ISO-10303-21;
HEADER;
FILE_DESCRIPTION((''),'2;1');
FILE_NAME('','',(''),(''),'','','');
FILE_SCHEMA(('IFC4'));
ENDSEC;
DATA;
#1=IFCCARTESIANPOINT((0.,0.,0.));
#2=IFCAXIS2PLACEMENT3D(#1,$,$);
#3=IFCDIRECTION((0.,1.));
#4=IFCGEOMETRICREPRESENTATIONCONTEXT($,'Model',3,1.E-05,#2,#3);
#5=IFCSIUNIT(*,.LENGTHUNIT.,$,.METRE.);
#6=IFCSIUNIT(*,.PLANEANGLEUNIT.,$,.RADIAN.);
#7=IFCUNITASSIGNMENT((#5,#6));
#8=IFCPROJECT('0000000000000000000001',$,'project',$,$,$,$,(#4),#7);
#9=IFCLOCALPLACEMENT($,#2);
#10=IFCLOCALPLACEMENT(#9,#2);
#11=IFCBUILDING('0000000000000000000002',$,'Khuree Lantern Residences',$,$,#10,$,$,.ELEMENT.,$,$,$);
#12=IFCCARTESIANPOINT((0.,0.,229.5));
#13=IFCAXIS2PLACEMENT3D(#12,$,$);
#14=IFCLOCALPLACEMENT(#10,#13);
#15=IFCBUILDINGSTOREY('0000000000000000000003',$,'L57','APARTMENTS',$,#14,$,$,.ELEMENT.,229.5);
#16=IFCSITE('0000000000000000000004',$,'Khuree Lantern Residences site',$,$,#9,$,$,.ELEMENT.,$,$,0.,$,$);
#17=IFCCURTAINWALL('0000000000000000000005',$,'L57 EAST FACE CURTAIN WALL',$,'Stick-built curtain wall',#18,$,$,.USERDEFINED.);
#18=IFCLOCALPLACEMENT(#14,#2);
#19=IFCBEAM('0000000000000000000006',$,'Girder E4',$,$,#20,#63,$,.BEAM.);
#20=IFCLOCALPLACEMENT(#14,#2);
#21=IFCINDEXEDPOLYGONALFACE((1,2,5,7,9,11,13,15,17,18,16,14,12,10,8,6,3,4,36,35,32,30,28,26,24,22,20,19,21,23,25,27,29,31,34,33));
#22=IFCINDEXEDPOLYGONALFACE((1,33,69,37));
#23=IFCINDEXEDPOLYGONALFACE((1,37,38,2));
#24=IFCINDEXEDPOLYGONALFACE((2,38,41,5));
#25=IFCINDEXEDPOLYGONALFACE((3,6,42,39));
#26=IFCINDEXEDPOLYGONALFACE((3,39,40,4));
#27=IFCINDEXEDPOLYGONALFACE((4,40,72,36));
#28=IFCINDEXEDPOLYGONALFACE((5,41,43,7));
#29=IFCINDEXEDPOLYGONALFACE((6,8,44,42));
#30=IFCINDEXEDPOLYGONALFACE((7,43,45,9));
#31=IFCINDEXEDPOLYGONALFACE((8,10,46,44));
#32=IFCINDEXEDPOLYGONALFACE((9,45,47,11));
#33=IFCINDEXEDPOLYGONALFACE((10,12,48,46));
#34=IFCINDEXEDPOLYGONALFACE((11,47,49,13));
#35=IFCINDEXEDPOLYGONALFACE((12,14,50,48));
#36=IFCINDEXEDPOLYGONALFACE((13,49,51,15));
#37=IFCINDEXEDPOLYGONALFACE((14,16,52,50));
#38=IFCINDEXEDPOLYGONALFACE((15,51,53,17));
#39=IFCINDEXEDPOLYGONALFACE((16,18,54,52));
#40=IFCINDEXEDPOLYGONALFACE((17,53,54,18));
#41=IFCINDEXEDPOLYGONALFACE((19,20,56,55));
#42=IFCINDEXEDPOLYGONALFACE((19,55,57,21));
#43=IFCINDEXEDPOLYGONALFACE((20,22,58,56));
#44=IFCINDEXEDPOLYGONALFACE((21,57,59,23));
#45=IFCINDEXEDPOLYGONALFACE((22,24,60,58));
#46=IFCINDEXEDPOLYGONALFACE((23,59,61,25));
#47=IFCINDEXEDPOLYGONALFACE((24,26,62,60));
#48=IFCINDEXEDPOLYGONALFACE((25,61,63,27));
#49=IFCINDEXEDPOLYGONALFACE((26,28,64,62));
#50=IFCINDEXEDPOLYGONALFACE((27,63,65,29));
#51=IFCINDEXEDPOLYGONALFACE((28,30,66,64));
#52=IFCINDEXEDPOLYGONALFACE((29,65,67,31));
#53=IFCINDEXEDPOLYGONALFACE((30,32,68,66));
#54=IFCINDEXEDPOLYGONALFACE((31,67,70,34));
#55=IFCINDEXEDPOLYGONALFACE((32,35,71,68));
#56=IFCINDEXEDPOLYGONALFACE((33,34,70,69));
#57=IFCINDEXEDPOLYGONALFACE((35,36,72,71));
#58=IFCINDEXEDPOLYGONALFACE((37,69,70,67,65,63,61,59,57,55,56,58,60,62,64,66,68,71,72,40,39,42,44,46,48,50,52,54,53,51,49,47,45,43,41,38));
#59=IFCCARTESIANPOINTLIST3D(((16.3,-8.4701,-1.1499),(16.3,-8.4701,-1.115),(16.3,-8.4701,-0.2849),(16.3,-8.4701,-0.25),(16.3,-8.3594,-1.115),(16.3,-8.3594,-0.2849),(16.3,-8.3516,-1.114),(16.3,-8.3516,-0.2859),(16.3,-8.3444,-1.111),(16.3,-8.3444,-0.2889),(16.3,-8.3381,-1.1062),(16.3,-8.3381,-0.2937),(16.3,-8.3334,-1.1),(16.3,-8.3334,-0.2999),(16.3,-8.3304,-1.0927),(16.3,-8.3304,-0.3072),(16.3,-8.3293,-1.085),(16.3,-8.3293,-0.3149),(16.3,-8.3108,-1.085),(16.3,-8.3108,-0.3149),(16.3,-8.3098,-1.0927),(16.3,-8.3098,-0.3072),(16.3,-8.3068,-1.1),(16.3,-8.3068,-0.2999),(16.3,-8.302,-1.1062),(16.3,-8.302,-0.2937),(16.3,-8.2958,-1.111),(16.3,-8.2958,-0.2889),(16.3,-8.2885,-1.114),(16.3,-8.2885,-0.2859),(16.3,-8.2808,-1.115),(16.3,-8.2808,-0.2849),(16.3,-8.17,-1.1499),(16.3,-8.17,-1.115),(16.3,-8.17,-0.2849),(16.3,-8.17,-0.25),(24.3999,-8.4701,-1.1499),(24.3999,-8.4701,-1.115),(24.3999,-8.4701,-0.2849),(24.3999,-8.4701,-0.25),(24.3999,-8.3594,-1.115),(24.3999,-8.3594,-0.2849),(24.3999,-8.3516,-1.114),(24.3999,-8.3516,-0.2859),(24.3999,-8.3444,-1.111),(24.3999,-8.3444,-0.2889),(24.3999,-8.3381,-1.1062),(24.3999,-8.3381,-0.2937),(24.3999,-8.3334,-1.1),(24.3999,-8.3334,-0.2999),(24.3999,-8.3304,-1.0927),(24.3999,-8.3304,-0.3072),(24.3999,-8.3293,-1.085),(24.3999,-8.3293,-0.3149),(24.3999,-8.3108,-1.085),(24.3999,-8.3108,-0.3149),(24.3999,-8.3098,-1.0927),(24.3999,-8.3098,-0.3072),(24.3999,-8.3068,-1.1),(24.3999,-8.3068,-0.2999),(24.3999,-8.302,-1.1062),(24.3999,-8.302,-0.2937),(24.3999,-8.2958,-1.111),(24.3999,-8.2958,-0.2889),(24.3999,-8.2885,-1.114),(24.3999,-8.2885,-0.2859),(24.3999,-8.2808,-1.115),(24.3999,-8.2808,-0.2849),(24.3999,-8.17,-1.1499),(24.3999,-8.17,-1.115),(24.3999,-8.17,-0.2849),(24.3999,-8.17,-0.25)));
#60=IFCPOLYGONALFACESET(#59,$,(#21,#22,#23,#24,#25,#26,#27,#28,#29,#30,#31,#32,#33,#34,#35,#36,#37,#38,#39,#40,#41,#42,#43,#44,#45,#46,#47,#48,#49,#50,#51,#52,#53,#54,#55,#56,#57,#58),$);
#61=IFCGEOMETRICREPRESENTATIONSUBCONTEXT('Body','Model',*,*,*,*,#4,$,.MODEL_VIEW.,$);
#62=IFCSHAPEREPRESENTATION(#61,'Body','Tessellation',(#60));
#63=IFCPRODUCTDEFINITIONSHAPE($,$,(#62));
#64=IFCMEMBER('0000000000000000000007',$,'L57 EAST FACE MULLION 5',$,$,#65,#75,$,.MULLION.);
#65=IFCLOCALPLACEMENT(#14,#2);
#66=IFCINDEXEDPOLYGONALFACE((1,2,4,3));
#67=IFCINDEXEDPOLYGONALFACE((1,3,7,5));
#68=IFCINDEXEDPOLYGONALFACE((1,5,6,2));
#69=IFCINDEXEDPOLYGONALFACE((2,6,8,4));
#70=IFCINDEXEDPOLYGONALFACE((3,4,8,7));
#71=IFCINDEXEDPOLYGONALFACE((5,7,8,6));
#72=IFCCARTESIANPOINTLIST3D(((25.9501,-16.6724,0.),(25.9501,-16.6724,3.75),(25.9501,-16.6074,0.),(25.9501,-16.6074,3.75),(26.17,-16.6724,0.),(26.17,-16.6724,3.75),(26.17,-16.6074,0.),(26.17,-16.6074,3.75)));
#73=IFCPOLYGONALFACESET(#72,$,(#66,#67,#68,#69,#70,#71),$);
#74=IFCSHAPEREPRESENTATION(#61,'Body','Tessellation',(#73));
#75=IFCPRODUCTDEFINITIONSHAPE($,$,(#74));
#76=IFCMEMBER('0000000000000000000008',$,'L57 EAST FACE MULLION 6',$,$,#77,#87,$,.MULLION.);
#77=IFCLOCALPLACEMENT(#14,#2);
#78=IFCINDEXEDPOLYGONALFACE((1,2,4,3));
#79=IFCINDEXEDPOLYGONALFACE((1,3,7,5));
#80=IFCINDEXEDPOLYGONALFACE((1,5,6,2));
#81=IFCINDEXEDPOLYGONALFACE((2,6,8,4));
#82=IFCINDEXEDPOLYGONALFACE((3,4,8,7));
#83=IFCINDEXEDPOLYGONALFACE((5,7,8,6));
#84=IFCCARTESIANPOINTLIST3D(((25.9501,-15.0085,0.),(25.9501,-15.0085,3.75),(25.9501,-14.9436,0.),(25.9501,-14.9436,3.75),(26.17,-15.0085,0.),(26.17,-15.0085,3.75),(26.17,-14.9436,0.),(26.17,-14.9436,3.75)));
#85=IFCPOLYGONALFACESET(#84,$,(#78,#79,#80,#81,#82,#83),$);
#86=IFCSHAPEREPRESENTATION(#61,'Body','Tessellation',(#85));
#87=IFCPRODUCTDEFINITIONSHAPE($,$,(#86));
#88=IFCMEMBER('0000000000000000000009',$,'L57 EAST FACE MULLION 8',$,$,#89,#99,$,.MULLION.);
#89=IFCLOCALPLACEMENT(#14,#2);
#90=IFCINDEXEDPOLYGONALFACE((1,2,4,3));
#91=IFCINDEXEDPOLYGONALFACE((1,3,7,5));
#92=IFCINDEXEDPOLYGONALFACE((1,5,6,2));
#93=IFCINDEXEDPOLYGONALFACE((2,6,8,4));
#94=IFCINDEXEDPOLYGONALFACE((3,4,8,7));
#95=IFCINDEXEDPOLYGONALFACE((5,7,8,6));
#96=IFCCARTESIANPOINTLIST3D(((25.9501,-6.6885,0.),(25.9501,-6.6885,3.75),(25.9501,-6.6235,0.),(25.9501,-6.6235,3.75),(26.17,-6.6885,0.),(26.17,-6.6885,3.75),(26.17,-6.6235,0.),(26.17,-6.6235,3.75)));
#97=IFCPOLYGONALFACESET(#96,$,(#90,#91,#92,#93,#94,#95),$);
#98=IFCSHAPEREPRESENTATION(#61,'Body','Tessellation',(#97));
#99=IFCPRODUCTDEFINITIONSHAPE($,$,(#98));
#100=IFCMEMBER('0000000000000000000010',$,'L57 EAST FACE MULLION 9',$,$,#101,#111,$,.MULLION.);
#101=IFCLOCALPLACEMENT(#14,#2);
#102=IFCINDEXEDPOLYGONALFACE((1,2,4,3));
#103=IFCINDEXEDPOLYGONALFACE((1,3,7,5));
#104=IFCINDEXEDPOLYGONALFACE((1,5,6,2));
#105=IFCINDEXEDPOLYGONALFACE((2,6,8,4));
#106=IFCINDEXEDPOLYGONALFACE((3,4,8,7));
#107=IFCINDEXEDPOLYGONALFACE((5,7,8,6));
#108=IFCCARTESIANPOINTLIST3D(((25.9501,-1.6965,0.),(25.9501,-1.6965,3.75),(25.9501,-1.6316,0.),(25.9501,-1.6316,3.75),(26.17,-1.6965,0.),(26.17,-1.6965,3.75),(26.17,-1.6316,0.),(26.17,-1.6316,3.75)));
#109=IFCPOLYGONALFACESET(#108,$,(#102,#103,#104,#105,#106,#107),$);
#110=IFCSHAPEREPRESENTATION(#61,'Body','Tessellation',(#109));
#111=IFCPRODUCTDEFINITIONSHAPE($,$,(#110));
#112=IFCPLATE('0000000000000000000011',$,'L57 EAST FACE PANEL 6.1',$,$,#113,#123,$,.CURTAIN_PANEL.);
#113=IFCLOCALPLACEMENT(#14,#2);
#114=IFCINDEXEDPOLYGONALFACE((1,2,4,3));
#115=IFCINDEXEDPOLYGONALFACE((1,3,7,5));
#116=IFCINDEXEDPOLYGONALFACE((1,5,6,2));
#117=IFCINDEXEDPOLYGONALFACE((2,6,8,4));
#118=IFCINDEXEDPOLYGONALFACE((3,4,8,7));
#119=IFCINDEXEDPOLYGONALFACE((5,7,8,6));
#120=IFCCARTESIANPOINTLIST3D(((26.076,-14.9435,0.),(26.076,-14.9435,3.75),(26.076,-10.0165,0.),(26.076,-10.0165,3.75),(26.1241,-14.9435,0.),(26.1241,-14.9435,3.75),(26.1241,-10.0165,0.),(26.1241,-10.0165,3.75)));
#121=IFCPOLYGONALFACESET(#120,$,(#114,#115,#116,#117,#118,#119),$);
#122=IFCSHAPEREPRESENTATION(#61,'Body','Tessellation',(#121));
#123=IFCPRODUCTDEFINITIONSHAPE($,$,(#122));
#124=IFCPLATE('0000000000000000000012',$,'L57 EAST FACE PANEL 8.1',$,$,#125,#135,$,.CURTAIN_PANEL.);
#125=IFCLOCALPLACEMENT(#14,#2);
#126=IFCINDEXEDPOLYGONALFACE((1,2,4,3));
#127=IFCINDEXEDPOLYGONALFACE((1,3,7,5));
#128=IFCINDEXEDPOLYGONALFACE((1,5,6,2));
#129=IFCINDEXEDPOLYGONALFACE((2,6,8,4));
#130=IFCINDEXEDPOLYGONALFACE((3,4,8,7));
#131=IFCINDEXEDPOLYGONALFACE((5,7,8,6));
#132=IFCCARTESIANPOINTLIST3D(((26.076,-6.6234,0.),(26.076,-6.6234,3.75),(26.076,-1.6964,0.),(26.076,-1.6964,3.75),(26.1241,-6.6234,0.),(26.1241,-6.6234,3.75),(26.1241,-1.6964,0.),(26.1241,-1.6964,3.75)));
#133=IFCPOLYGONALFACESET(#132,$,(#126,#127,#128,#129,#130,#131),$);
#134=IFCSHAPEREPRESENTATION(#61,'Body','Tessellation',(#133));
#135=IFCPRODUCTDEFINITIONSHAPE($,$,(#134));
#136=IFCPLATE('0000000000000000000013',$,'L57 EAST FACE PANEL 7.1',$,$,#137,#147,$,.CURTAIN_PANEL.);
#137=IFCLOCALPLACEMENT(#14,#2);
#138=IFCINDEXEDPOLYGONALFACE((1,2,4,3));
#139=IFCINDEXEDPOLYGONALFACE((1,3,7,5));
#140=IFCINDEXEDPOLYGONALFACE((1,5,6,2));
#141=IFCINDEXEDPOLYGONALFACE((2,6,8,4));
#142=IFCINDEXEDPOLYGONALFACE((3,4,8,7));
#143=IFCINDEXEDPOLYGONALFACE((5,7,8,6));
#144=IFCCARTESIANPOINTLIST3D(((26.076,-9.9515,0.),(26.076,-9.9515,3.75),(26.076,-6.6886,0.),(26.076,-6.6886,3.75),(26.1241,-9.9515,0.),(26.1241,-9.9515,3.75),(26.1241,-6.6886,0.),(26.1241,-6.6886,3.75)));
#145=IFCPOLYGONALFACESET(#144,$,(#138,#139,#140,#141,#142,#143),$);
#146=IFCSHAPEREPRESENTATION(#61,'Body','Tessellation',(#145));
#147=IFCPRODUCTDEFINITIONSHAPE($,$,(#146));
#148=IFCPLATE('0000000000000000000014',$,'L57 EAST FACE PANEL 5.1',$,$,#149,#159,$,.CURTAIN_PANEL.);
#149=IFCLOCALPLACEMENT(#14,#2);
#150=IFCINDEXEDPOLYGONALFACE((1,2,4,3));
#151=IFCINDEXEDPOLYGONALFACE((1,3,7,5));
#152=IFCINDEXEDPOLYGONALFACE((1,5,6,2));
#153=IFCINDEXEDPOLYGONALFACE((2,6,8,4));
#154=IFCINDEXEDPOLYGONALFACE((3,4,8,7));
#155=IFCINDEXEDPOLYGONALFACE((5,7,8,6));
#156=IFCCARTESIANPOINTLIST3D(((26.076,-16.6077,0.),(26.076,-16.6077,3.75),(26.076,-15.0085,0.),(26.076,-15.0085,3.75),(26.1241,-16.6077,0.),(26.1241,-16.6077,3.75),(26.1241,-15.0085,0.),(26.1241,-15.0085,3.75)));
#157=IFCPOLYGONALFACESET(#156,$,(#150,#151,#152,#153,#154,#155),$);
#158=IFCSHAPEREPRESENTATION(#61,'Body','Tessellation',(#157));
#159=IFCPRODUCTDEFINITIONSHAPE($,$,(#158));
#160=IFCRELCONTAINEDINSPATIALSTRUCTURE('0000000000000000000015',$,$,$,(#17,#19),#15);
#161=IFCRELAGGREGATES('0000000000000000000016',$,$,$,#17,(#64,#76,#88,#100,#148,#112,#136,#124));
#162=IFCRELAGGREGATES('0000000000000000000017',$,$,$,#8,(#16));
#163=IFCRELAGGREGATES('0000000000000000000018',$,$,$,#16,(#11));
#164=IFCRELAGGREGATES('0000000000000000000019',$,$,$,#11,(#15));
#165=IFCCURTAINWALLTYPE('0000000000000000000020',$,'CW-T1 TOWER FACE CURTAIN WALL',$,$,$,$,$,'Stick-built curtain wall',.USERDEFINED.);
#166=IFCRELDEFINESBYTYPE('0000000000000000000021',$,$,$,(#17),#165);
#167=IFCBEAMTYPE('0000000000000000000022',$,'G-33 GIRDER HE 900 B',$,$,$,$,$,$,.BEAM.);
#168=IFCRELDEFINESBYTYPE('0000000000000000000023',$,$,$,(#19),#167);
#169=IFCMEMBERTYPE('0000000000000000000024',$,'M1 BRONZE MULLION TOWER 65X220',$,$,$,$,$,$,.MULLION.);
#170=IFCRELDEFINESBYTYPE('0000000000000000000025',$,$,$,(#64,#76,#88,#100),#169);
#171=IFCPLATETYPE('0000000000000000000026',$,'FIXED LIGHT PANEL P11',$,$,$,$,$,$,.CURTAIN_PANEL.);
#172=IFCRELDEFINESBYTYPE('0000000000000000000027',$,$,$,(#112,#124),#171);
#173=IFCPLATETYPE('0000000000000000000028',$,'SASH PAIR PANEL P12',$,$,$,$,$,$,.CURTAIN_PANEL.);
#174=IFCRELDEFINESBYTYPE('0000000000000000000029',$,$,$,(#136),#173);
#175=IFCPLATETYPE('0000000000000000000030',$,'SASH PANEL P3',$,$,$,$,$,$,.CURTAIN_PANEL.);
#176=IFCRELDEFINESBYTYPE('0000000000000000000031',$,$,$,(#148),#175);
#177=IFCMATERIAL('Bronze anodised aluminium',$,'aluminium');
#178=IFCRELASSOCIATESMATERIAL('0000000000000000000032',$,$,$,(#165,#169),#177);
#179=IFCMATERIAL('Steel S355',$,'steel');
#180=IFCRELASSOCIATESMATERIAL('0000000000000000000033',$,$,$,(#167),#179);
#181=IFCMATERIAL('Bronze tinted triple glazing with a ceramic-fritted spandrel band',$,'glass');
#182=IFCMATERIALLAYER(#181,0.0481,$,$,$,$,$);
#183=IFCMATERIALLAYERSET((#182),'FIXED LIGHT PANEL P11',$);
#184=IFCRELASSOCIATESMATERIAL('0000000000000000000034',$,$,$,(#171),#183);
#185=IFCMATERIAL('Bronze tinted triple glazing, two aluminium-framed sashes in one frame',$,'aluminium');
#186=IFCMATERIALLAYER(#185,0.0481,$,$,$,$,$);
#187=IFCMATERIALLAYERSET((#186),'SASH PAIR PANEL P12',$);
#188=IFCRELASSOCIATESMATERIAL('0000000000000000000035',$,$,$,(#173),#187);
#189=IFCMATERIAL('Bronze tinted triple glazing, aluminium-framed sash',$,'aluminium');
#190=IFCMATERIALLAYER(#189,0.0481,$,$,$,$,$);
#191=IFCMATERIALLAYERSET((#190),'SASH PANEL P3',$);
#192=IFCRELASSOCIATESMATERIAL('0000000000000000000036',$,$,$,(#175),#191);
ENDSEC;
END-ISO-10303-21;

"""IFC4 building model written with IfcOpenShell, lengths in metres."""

from ifc_helpers import new_model, si_unit, direction, frame, origin, origin_2d, place, context, subcontext, project, spatial, rectangle, i_section, extrude, material, layer, layer_set, material_profile, profile_set, type_object, element, aggregate, save


model = new_model("IFC4")

# Units and contexts
model_context = context("Model", 3, precision=1e-05, world=origin(), true_north=direction((0.0, 1.0)))
body_context = subcontext(model_context, "Body", "Model", "MODEL_VIEW")
ifc_project = project(units=[si_unit("LENGTHUNIT", "METRE"), si_unit("PLANEANGLEUNIT", "RADIAN")], contexts=[model_context])

# Site, building, storey
site_placement = place(None, origin())
site = spatial("IfcSite", under=ifc_project, at=site_placement, Name="Khuree Lantern Residences site", CompositionType="ELEMENT", RefElevation=0.0)
building_placement = place(site_placement, origin())
building = spatial("IfcBuilding", under=site, at=building_placement, Name="Khuree Lantern Residences", CompositionType="ELEMENT")
storey_placement = place(building_placement, frame((0.0, 0.0, 229.5)))
storey = spatial("IfcBuildingStorey", under=building, at=storey_placement, Name="L57", Description="APARTMENTS", CompositionType="ELEMENT", Elevation=229.5)

# Shared definitions
ifc_material_1 = material(Name="Steel S355", Category="steel")

# Curtain wall
ifc_material_2 = material(Name="Bronze anodised aluminium", Category="aluminium")
curtain_wall_type = type_object("IfcCurtainWallType", Name="CW-T1 TOWER FACE CURTAIN WALL", ElementType="Stick-built curtain wall", PredefinedType="USERDEFINED", material=ifc_material_2)
curtain_wall_placement = place(storey_placement, origin())
curtain_wall = element("IfcCurtainWall", 1, at=curtain_wall_placement, inside=storey, type_object=curtain_wall_type, Name="L57 EAST FACE CURTAIN WALL", ObjectType="Stick-built curtain wall", PredefinedType="USERDEFINED")

# Beam
ifc_material_profile_1 = material_profile(ifc_material_1, i_section(OverallWidth=0.3, OverallDepth=0.8999, WebThickness=0.0186, FlangeThickness=0.0349, FilletRadius=0.03, at=origin_2d()), Name="HE 900 B")
ifc_profile_set_1 = profile_set([ifc_material_profile_1], Name="Steel S355")
beam_type_1 = type_object("IfcBeamType", Name="G-33 GIRDER HE 900 B", PredefinedType="BEAM", material=ifc_profile_set_1)
beam_1_placement = place(storey_placement, frame((24.3999, -8.3201, -0.7), z_axis=(-1.0, 0.0, 0.0), x_axis=(0.0, -1.0, 0.0)))
element("IfcBeam", 2, at=beam_1_placement, inside=storey, type_object=beam_type_1, Name="Girder E4", PredefinedType="BEAM", context=body_context, shape_type="SweptSolid", body=[
    extrude(i_section(OverallWidth=0.3, OverallDepth=0.8999, WebThickness=0.0186, FlangeThickness=0.0349, FilletRadius=0.03, at=origin_2d()), origin(), (0.0, 0.0, 1.0), 8.0999),
])

# Members
ifc_material_profile_2 = material_profile(ifc_material_2, rectangle(XDim=0.0649, YDim=0.22, at=origin_2d()), Name="M1 65X220")
ifc_profile_set_2 = profile_set([ifc_material_profile_2], Name="Bronze anodised aluminium")
member_type_1 = type_object("IfcMemberType", Name="M1 BRONZE MULLION TOWER 65X220", PredefinedType="MULLION", material=ifc_profile_set_2)
member_1_placement = place(storey_placement, frame((26.0601, -16.6399, 0.0), z_axis=(0.0, 0.0, 1.0), x_axis=(0.0, 1.0, 0.0)))
member_1 = element("IfcMember", 3, at=member_1_placement, type_object=member_type_1, Name="L57 EAST FACE MULLION 5", PredefinedType="MULLION", context=body_context, shape_type="SweptSolid", body=[
    extrude(rectangle(XDim=0.0649, YDim=0.22, at=origin_2d()), origin(), (0.0, 0.0, 1.0), 3.75),
])
member_2_placement = place(storey_placement, frame((26.0601, -14.9761, 0.0), z_axis=(0.0, 0.0, 1.0), x_axis=(0.0, 1.0, 0.0)))
member_2 = element("IfcMember", 4, at=member_2_placement, type_object=member_type_1, Name="L57 EAST FACE MULLION 6", PredefinedType="MULLION", context=body_context, shape_type="SweptSolid", body=[
    extrude(rectangle(XDim=0.0649, YDim=0.22, at=origin_2d()), origin(), (0.0, 0.0, 1.0), 3.75),
])
member_3_placement = place(storey_placement, frame((26.0601, -6.656, 0.0), z_axis=(0.0, 0.0, 1.0), x_axis=(0.0, 1.0, 0.0)))
member_3 = element("IfcMember", 5, at=member_3_placement, type_object=member_type_1, Name="L57 EAST FACE MULLION 8", PredefinedType="MULLION", context=body_context, shape_type="SweptSolid", body=[
    extrude(rectangle(XDim=0.0649, YDim=0.22, at=origin_2d()), origin(), (0.0, 0.0, 1.0), 3.75),
])
member_4_placement = place(storey_placement, frame((26.0601, -1.6641, 0.0), z_axis=(0.0, 0.0, 1.0), x_axis=(0.0, 1.0, 0.0)))
member_4 = element("IfcMember", 6, at=member_4_placement, type_object=member_type_1, Name="L57 EAST FACE MULLION 9", PredefinedType="MULLION", context=body_context, shape_type="SweptSolid", body=[
    extrude(rectangle(XDim=0.0649, YDim=0.22, at=origin_2d()), origin(), (0.0, 0.0, 1.0), 3.75),
])

# Plates
ifc_material_3 = material(Name="Bronze tinted triple glazing with a ceramic-fritted spandrel band", Category="glass")
ifc_layer_1 = layer(ifc_material_3, 0.0481)
ifc_layer_set_1 = layer_set([ifc_layer_1], Name="FIXED LIGHT PANEL P11")
plate_type_1 = type_object("IfcPlateType", Name="FIXED LIGHT PANEL P11", PredefinedType="CURTAIN_PANEL", material=ifc_layer_set_1)
plate_1_placement = place(storey_placement, frame((26.1001, -12.48, 0.0), z_axis=(0.0, 0.0, 1.0), x_axis=(0.0, 1.0, 0.0)))
plate_1 = element("IfcPlate", 7, at=plate_1_placement, type_object=plate_type_1, Name="L57 EAST FACE PANEL 6.1", PredefinedType="CURTAIN_PANEL", context=body_context, shape_type="SweptSolid", body=[
    extrude(rectangle(XDim=4.927, YDim=0.0481, at=origin_2d()), origin(), (0.0, 0.0, 1.0), 3.75),
])
plate_2_placement = place(storey_placement, frame((26.1001, -4.1599, 0.0), z_axis=(0.0, 0.0, 1.0), x_axis=(0.0, 1.0, 0.0)))
plate_2 = element("IfcPlate", 8, at=plate_2_placement, type_object=plate_type_1, Name="L57 EAST FACE PANEL 8.1", PredefinedType="CURTAIN_PANEL", context=body_context, shape_type="SweptSolid", body=[
    extrude(rectangle(XDim=4.927, YDim=0.0481, at=origin_2d()), origin(), (0.0, 0.0, 1.0), 3.75),
])
ifc_material_4 = material(Name="Bronze tinted triple glazing, two aluminium-framed sashes in one frame", Category="aluminium")
ifc_layer_2 = layer(ifc_material_4, 0.0481)
ifc_layer_set_2 = layer_set([ifc_layer_2], Name="SASH PAIR PANEL P12")
plate_type_2 = type_object("IfcPlateType", Name="SASH PAIR PANEL P12", PredefinedType="CURTAIN_PANEL", material=ifc_layer_set_2)
plate_3_placement = place(storey_placement, frame((26.1001, -8.3201, 0.0), z_axis=(0.0, 0.0, 1.0), x_axis=(0.0, 1.0, 0.0)))
plate_3 = element("IfcPlate", 9, at=plate_3_placement, type_object=plate_type_2, Name="L57 EAST FACE PANEL 7.1", PredefinedType="CURTAIN_PANEL", context=body_context, shape_type="SweptSolid", body=[
    extrude(rectangle(XDim=3.2629, YDim=0.0481, at=origin_2d()), origin(), (0.0, 0.0, 1.0), 3.75),
])
ifc_material_5 = material(Name="Bronze tinted triple glazing, aluminium-framed sash", Category="aluminium")
ifc_layer_3 = layer(ifc_material_5, 0.0481)
ifc_layer_set_3 = layer_set([ifc_layer_3], Name="SASH PANEL P3")
plate_type_3 = type_object("IfcPlateType", Name="SASH PANEL P3", PredefinedType="CURTAIN_PANEL", material=ifc_layer_set_3)
plate_4_placement = place(storey_placement, frame((26.1001, -15.8081, 0.0), z_axis=(0.0, 0.0, 1.0), x_axis=(0.0, 1.0, 0.0)))
plate_4 = element("IfcPlate", 10, at=plate_4_placement, type_object=plate_type_3, Name="L57 EAST FACE PANEL 5.1", PredefinedType="CURTAIN_PANEL", context=body_context, shape_type="SweptSolid", body=[
    extrude(rectangle(XDim=1.5991, YDim=0.0481, at=origin_2d()), origin(), (0.0, 0.0, 1.0), 3.75),
])
aggregate(curtain_wall, [member_1, member_2, member_3, member_4, plate_4, plate_1, plate_3, plate_2])

save(model, "model.ifc")
